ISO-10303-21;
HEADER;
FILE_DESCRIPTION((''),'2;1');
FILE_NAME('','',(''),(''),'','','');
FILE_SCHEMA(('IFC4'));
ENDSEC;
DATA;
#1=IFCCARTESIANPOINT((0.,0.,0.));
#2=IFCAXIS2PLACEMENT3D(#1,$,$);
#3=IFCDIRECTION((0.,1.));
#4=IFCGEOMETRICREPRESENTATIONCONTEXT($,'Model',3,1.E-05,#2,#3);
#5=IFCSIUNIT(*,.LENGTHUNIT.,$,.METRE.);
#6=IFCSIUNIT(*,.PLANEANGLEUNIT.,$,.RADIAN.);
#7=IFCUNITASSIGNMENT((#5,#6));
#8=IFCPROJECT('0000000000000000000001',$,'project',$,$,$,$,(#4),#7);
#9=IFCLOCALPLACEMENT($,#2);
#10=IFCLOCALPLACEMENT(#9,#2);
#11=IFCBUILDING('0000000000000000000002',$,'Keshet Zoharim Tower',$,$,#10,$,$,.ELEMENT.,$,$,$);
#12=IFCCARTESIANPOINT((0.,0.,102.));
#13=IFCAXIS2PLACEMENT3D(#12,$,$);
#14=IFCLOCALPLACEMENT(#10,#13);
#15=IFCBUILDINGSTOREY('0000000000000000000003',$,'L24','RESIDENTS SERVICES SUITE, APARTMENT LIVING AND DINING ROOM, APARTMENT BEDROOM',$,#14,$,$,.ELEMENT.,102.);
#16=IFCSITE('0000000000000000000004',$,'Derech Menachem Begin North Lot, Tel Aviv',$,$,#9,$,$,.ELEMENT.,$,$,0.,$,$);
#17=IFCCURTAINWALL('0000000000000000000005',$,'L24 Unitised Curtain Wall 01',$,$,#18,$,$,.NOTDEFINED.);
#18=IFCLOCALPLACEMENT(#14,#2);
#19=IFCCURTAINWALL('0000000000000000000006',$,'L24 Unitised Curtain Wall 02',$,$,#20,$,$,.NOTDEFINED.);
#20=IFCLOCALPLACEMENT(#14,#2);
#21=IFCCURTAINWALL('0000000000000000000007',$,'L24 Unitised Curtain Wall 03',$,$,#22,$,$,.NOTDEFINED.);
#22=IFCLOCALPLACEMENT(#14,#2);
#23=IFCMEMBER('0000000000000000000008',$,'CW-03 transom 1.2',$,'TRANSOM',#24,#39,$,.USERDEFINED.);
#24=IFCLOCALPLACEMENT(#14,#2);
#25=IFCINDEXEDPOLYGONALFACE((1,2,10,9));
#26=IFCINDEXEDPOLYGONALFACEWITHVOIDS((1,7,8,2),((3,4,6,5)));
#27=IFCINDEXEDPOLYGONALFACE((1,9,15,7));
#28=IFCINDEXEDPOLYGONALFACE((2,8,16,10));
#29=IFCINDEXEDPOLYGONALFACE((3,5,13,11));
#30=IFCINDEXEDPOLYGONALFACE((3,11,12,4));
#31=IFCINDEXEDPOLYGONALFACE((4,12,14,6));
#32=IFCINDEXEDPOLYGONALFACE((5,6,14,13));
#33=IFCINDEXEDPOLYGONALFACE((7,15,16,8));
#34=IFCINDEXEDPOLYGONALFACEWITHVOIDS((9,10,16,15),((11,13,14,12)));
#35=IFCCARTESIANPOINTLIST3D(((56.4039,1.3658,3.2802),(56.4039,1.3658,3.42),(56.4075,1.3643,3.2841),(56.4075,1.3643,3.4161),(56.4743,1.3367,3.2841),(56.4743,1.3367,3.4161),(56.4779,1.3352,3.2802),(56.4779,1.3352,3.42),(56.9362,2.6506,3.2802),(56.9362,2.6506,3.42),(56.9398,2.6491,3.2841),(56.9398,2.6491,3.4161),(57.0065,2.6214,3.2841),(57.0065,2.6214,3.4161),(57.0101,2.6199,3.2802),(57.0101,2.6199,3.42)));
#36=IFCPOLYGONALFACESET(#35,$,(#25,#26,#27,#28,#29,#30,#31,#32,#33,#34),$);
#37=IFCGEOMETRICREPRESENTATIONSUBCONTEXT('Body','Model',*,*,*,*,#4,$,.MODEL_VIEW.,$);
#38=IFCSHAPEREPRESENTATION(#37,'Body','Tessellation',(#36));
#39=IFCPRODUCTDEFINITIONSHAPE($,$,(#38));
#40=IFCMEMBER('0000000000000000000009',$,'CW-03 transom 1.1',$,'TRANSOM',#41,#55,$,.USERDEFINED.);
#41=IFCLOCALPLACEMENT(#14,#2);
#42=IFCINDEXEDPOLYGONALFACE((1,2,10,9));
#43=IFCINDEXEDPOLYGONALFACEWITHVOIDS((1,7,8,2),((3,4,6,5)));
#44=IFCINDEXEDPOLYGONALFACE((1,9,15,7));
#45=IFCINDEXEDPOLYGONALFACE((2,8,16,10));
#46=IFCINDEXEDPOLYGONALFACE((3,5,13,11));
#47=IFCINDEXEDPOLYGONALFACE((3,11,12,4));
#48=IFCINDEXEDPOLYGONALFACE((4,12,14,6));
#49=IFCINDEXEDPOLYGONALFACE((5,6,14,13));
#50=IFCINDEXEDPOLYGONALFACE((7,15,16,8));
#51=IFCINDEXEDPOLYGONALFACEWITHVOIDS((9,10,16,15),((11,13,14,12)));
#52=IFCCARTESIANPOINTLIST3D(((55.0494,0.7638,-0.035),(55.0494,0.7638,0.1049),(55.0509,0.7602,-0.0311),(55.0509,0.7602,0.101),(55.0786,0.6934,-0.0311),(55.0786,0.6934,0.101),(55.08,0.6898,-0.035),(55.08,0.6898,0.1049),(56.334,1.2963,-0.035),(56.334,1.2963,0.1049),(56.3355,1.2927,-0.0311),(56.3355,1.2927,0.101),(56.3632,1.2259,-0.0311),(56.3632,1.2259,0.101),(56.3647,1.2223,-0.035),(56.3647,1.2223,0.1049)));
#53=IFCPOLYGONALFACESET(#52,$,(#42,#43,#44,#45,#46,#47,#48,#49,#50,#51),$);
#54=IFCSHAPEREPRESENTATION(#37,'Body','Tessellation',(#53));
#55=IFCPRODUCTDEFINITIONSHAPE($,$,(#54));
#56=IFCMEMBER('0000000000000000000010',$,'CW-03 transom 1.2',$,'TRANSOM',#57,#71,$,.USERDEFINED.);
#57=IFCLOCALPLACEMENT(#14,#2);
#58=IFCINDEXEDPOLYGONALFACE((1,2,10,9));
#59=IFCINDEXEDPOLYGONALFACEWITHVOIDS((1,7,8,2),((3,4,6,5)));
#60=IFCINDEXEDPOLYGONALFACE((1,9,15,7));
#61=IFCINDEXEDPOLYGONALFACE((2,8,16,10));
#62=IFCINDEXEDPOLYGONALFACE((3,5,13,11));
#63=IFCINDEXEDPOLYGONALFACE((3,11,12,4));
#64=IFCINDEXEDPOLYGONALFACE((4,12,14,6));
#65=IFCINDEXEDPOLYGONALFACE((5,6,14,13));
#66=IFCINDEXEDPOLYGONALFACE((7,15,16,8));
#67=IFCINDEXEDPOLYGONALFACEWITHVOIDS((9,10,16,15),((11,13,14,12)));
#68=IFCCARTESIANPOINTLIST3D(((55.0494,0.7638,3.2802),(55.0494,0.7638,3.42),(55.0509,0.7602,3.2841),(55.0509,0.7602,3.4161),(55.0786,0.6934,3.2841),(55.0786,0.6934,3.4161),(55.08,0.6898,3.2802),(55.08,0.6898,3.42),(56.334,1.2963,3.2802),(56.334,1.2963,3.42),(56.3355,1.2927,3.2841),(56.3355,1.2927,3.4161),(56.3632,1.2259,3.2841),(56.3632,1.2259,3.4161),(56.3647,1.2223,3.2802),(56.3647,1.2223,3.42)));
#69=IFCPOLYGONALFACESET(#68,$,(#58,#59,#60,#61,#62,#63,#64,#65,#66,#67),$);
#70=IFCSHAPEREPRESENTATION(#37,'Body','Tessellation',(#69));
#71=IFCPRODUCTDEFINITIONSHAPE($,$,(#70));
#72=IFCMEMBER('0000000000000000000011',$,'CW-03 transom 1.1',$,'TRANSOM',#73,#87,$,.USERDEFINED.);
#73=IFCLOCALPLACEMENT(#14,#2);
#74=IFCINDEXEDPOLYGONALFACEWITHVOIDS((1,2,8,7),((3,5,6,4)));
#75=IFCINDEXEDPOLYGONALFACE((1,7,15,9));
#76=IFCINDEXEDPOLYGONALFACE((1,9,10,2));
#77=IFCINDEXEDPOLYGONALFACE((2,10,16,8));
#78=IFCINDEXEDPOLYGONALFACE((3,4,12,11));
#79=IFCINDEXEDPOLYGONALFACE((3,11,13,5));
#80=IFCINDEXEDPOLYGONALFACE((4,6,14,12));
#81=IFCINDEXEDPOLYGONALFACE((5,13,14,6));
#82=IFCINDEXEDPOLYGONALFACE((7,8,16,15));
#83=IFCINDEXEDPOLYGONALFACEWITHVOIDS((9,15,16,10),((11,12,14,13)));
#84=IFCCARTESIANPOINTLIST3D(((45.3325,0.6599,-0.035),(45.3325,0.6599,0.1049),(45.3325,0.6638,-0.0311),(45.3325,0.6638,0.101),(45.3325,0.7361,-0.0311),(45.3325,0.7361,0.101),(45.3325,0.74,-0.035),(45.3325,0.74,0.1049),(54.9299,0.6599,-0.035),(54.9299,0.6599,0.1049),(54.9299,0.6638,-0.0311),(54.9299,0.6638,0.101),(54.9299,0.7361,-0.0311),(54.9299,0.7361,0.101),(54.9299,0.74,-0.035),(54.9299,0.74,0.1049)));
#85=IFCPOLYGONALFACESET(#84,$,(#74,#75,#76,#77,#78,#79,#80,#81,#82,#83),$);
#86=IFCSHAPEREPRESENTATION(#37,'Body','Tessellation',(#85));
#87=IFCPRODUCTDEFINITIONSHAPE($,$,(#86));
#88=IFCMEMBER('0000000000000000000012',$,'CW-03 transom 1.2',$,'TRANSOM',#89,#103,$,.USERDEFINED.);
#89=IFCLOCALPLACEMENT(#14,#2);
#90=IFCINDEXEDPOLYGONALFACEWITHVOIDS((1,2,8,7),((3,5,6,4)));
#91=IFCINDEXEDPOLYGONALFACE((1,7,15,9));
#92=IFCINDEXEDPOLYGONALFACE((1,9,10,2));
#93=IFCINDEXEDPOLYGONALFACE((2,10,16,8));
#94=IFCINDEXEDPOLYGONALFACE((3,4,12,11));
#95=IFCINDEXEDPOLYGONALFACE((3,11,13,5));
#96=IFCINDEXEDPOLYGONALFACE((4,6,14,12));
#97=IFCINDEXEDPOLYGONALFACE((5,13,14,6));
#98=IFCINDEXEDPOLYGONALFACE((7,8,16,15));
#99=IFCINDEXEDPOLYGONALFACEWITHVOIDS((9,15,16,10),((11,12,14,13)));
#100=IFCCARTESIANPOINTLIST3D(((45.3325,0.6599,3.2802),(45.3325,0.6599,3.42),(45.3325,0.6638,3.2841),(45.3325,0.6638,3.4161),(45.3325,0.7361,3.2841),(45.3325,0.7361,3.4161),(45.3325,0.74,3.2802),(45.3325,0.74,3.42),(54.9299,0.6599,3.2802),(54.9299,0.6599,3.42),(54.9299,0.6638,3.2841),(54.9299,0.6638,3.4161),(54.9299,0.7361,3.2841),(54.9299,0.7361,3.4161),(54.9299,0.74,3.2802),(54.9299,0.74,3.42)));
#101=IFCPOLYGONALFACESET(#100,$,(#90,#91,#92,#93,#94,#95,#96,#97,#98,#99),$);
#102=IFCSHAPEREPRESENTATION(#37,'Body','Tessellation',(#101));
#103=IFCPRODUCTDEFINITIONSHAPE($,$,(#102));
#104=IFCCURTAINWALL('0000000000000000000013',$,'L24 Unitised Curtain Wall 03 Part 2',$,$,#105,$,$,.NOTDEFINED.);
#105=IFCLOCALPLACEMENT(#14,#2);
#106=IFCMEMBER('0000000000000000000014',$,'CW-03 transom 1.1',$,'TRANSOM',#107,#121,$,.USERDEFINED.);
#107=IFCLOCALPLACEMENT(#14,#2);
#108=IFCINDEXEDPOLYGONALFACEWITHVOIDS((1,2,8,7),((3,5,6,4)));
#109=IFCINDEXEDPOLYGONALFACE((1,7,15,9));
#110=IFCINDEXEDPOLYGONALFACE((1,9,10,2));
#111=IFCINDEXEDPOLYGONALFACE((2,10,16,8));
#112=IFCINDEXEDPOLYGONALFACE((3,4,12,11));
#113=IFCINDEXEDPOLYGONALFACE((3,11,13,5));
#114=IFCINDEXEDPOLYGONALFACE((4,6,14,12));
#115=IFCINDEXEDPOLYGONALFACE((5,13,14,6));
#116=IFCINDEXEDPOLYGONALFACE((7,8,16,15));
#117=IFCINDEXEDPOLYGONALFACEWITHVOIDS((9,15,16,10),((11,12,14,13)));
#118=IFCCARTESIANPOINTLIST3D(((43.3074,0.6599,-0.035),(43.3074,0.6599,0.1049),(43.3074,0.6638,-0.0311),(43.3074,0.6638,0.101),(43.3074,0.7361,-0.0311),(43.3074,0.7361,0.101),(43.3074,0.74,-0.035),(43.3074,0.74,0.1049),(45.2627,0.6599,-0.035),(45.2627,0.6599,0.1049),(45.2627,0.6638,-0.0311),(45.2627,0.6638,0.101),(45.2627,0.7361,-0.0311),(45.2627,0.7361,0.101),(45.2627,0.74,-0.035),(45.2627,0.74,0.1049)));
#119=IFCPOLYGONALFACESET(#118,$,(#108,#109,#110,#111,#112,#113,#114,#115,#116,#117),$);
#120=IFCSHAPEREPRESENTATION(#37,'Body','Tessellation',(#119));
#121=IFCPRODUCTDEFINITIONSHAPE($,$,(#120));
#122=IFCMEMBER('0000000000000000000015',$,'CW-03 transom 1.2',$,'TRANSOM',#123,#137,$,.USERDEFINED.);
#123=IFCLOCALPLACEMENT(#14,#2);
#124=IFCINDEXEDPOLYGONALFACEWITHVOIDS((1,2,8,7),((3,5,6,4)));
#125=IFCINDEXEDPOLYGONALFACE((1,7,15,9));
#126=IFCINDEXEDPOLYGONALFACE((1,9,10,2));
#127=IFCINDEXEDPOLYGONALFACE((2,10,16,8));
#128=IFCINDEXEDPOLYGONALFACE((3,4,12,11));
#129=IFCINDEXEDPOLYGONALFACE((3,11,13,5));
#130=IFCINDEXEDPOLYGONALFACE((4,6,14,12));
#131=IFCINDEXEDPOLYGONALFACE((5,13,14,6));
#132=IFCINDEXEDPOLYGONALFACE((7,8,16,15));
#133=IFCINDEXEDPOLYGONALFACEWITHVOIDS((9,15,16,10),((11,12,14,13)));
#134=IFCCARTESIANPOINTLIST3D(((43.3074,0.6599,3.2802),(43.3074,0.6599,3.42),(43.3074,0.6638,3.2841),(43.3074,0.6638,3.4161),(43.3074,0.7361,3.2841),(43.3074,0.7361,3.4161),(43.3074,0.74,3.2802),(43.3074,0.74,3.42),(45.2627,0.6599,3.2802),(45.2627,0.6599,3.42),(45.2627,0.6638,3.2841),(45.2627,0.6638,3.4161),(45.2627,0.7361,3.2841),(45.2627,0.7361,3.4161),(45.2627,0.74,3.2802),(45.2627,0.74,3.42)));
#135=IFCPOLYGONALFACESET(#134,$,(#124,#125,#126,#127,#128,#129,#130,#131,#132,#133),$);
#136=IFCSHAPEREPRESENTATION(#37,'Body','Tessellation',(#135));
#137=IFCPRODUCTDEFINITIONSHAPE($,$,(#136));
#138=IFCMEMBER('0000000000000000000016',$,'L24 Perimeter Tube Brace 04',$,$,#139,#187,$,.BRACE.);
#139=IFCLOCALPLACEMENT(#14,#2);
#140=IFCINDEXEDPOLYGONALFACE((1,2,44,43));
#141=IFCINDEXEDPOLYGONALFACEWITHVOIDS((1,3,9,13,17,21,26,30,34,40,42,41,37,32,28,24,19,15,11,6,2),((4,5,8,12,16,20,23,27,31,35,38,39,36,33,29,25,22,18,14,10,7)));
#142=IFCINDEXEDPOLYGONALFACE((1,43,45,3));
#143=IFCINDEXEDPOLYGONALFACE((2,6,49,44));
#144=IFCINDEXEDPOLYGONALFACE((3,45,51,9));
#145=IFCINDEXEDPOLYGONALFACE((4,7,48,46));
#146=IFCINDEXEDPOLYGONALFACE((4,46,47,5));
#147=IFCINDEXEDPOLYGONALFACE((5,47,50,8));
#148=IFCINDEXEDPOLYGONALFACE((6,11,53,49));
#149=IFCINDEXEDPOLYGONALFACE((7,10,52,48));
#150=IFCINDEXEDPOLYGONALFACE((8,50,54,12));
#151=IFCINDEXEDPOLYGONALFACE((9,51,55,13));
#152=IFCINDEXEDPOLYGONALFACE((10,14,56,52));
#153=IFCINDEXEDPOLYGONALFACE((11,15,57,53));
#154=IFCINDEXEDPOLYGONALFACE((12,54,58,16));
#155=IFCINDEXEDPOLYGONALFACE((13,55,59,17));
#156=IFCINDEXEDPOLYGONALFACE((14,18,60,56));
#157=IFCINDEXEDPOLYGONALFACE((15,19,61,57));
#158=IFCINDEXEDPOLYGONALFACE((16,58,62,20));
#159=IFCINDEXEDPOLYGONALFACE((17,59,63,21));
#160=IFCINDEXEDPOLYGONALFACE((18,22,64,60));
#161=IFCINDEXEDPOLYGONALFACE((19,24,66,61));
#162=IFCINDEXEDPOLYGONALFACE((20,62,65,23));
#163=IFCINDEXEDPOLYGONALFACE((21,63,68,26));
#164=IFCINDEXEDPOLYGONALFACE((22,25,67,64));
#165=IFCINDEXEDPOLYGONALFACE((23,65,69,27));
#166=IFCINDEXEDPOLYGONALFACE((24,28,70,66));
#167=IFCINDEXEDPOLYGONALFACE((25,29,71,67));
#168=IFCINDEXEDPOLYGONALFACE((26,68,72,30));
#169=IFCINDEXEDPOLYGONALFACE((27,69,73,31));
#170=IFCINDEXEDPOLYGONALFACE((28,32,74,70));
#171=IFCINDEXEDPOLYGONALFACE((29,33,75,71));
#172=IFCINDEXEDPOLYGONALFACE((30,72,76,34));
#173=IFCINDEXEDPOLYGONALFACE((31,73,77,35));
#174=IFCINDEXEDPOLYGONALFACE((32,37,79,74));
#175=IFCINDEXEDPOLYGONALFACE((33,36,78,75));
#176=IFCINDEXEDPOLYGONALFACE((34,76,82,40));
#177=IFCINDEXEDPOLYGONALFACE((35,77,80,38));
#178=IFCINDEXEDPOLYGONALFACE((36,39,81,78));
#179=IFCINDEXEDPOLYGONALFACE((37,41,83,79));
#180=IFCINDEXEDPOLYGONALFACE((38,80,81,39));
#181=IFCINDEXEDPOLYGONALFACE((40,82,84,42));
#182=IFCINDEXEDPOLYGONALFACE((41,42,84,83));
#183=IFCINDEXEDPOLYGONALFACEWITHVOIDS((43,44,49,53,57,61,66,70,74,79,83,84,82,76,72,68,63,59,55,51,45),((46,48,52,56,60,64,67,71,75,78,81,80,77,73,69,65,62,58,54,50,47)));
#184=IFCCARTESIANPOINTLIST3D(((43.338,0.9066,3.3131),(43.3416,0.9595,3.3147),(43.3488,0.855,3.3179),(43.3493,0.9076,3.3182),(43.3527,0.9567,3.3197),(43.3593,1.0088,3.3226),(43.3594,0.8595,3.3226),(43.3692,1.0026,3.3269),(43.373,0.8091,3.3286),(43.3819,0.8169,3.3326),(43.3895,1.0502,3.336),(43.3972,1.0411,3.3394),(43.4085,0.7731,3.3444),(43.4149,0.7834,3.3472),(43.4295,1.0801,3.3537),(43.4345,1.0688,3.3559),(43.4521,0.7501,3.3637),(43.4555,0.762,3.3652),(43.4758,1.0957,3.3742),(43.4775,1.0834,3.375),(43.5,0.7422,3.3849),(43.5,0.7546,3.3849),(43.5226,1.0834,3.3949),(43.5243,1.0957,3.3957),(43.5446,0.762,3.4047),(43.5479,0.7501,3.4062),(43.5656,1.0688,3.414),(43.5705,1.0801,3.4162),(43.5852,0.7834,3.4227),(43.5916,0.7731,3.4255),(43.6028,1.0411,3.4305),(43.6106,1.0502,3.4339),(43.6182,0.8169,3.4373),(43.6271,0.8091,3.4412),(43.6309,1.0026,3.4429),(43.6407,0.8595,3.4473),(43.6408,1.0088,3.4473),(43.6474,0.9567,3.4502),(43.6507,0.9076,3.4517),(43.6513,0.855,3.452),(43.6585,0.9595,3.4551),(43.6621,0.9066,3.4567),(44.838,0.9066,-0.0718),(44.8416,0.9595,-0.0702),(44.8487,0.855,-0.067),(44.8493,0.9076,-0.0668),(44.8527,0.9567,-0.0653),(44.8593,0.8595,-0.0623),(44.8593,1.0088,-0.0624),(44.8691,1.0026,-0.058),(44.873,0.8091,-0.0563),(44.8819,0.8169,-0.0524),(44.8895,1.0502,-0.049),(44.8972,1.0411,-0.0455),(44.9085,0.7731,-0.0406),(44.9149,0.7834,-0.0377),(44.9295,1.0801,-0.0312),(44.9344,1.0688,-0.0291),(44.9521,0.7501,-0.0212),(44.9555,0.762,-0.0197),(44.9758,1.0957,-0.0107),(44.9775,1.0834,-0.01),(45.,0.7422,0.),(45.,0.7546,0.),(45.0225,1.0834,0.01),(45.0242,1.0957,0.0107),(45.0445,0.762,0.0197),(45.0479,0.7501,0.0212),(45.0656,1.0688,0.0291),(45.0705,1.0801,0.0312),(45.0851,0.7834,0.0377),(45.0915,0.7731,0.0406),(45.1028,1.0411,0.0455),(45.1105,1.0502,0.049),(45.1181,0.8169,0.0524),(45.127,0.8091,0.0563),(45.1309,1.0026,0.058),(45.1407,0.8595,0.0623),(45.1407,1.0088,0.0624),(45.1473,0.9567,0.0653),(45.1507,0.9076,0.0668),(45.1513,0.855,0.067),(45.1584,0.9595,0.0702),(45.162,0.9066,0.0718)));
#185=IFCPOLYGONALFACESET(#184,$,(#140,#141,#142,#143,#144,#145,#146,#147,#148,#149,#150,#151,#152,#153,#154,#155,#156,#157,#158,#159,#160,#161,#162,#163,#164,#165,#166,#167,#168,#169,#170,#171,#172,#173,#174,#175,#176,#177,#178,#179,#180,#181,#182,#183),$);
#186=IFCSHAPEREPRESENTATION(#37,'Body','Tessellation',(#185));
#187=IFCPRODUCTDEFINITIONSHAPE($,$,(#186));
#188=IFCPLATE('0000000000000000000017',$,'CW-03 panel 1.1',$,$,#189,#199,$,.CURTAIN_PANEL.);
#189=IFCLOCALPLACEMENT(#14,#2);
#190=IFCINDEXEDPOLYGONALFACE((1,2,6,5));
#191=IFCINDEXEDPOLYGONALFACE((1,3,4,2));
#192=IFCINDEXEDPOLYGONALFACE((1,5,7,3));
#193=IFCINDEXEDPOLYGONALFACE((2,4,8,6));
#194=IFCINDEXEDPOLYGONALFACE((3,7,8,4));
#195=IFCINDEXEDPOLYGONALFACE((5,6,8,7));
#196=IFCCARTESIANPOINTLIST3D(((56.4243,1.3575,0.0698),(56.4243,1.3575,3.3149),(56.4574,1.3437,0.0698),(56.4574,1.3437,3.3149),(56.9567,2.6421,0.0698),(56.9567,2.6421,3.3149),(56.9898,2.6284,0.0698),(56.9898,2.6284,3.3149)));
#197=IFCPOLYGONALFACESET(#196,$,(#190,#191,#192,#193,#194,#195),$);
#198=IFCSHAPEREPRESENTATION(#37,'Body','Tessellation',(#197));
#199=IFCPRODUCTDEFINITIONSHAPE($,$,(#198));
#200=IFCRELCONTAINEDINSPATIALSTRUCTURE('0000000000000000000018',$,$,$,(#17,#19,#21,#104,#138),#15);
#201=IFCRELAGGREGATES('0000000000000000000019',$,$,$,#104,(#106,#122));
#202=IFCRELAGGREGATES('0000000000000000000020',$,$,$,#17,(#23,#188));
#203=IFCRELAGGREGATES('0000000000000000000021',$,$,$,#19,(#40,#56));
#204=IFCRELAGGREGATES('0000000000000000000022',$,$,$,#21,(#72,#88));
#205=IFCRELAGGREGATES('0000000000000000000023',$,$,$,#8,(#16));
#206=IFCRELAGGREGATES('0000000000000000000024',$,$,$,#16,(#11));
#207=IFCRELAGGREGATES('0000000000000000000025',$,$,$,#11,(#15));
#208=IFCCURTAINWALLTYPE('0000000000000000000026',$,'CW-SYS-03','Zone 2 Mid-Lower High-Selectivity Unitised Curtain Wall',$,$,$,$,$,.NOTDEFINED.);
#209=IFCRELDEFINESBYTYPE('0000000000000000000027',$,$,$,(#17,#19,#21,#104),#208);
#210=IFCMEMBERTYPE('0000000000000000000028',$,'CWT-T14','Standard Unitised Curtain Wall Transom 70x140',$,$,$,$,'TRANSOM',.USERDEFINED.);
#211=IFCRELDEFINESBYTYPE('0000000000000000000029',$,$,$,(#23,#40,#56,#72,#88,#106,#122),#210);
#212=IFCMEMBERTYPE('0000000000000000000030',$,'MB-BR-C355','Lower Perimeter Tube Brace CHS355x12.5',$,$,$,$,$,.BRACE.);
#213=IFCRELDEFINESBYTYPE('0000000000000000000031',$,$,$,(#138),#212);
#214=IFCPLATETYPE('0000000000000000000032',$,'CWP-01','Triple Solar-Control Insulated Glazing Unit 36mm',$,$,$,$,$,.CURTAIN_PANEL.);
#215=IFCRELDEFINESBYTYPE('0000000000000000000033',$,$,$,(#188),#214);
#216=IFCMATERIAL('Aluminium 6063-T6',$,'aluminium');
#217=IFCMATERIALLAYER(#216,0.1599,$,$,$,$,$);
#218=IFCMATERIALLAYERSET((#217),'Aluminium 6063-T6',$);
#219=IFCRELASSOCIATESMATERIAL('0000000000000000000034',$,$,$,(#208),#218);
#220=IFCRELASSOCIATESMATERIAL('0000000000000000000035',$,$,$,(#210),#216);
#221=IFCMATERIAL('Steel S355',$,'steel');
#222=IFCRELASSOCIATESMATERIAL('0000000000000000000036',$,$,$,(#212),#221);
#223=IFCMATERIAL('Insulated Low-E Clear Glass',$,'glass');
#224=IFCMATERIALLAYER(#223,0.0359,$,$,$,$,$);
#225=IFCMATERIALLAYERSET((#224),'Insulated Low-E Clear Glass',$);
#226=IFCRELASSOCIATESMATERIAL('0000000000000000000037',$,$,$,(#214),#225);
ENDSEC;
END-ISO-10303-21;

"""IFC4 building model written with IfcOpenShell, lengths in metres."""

from ifc_helpers import new_model, si_unit, direction, frame, origin, origin_2d, place, context, subcontext, project, spatial, rectangle, hollow_rectangle, hollow_circle, extrude, material, layer, layer_set, material_profile, profile_set, type_object, element, aggregate, save


model = new_model("IFC4")

# Units and contexts
model_context = context("Model", 3, precision=1e-05, world=origin(), true_north=direction((0.0, 1.0)))
body_context = subcontext(model_context, "Body", "Model", "MODEL_VIEW")
ifc_project = project(units=[si_unit("LENGTHUNIT", "METRE"), si_unit("PLANEANGLEUNIT", "RADIAN")], contexts=[model_context])

# Site, building, storey
site_placement = place(None, origin())
site = spatial("IfcSite", under=ifc_project, at=site_placement, Name="Derech Menachem Begin North Lot, Tel Aviv", CompositionType="ELEMENT", RefElevation=0.0)
building_placement = place(site_placement, origin())
building = spatial("IfcBuilding", under=site, at=building_placement, Name="Keshet Zoharim Tower", CompositionType="ELEMENT")
storey_placement = place(building_placement, frame((0.0, 0.0, 102.0)))
storey = spatial("IfcBuildingStorey", under=building, at=storey_placement, Name="L24", Description="RESIDENTS SERVICES SUITE, APARTMENT LIVING AND DINING ROOM, APARTMENT BEDROOM", CompositionType="ELEMENT", Elevation=102.0)

# Shared definitions
ifc_material_1 = material(Name="Steel S355", Category="steel")

# Curtain walls
ifc_material_2 = material(Name="Aluminium 6063-T6", Category="aluminium")
ifc_layer_1 = layer(ifc_material_2, 0.1599)
ifc_layer_set_1 = layer_set([ifc_layer_1], Name="Aluminium 6063-T6")
curtain_wall_type = type_object("IfcCurtainWallType", Name="CW-SYS-03", Description="Zone 2 Mid-Lower High-Selectivity Unitised Curtain Wall", PredefinedType="NOTDEFINED", material=ifc_layer_set_1)
curtain_wall_1_placement = place(storey_placement, origin())
curtain_wall_1 = element("IfcCurtainWall", 1, at=curtain_wall_1_placement, inside=storey, type_object=curtain_wall_type, Name="L24 Unitised Curtain Wall 01", PredefinedType="NOTDEFINED")
curtain_wall_2_placement = place(storey_placement, origin())
curtain_wall_2 = element("IfcCurtainWall", 2, at=curtain_wall_2_placement, inside=storey, type_object=curtain_wall_type, Name="L24 Unitised Curtain Wall 02", PredefinedType="NOTDEFINED")
curtain_wall_3_placement = place(storey_placement, origin())
curtain_wall_3 = element("IfcCurtainWall", 3, at=curtain_wall_3_placement, inside=storey, type_object=curtain_wall_type, Name="L24 Unitised Curtain Wall 03", PredefinedType="NOTDEFINED")

# Members
ifc_material_profile_1 = material_profile(ifc_material_2, hollow_rectangle(XDim=0.0801, YDim=0.1399, WallThickness=0.0039, at=origin_2d()), Name="TRN-80x140")
ifc_profile_set_1 = profile_set([ifc_material_profile_1], Name="Aluminium 6063-T6")
member_type_1 = type_object("IfcMemberType", Name="CWT-T14", Description="Standard Unitised Curtain Wall Transom 70x140", ElementType="TRANSOM", PredefinedType="USERDEFINED", material=ifc_profile_set_1)
member_1_placement = place(storey_placement, frame((56.9731, 2.6353, 3.3501), z_axis=(-0.382745, -0.923854, 0.0), x_axis=(0.923854, -0.382745, 0.0)))
member_1 = element("IfcMember", 4, at=member_1_placement, type_object=member_type_1, Name="CW-03 transom 1.2", ObjectType="TRANSOM", PredefinedType="USERDEFINED", context=body_context, shape_type="SweptSolid", body=[
    extrude(hollow_rectangle(XDim=0.0801, YDim=0.1399, WallThickness=0.0039, at=origin_2d()), origin(), (0.0, 0.0, 1.0), 1.3906),
])
member_2_placement = place(storey_placement, frame((56.3494, 1.2593, 0.0349), z_axis=(-0.923792, -0.382894, 0.0), x_axis=(0.382894, -0.923792, 0.0)))
member_2 = element("IfcMember", 5, at=member_2_placement, type_object=member_type_1, Name="CW-03 transom 1.1", ObjectType="TRANSOM", PredefinedType="USERDEFINED", context=body_context, shape_type="SweptSolid", body=[
    extrude(hollow_rectangle(XDim=0.0801, YDim=0.1399, WallThickness=0.0039, at=origin_2d()), origin(), (0.0, 0.0, 1.0), 1.3906),
])
member_3_placement = place(storey_placement, frame((56.3494, 1.2593, 3.3501), z_axis=(-0.923792, -0.382894, 0.0), x_axis=(0.382894, -0.923792, 0.0)))
member_3 = element("IfcMember", 6, at=member_3_placement, type_object=member_type_1, Name="CW-03 transom 1.2", ObjectType="TRANSOM", PredefinedType="USERDEFINED", context=body_context, shape_type="SweptSolid", body=[
    extrude(hollow_rectangle(XDim=0.0801, YDim=0.1399, WallThickness=0.0039, at=origin_2d()), origin(), (0.0, 0.0, 1.0), 1.3906),
])
member_4_placement = place(storey_placement, frame((54.9299, 0.7, 0.0349), z_axis=(-1.0, 0.0, 0.0), x_axis=(0.0, -1.0, 0.0)))
member_4 = element("IfcMember", 7, at=member_4_placement, type_object=member_type_1, Name="CW-03 transom 1.1", ObjectType="TRANSOM", PredefinedType="USERDEFINED", context=body_context, shape_type="SweptSolid", body=[
    extrude(hollow_rectangle(XDim=0.0801, YDim=0.1399, WallThickness=0.0039, at=origin_2d()), origin(), (0.0, 0.0, 1.0), 9.5974),
])
member_5_placement = place(storey_placement, frame((54.9299, 0.7, 3.3501), z_axis=(-1.0, 0.0, 0.0), x_axis=(0.0, -1.0, 0.0)))
member_5 = element("IfcMember", 8, at=member_5_placement, type_object=member_type_1, Name="CW-03 transom 1.2", ObjectType="TRANSOM", PredefinedType="USERDEFINED", context=body_context, shape_type="SweptSolid", body=[
    extrude(hollow_rectangle(XDim=0.0801, YDim=0.1399, WallThickness=0.0039, at=origin_2d()), origin(), (0.0, 0.0, 1.0), 9.5974),
])

# Curtain wall, members
curtain_wall_4_placement = place(storey_placement, origin())
curtain_wall_4 = element("IfcCurtainWall", 9, at=curtain_wall_4_placement, inside=storey, type_object=curtain_wall_type, Name="L24 Unitised Curtain Wall 03 Part 2", PredefinedType="NOTDEFINED")
member_6_placement = place(storey_placement, frame((45.2627, 0.7, 0.0349), z_axis=(-1.0, 0.0, 0.0), x_axis=(0.0, -1.0, 0.0)))
member_6 = element("IfcMember", 10, at=member_6_placement, type_object=member_type_1, Name="CW-03 transom 1.1", ObjectType="TRANSOM", PredefinedType="USERDEFINED", context=body_context, shape_type="SweptSolid", body=[
    extrude(hollow_rectangle(XDim=0.0801, YDim=0.1399, WallThickness=0.0039, at=origin_2d()), origin(), (0.0, 0.0, 1.0), 1.9553),
])
member_7_placement = place(storey_placement, frame((45.2627, 0.7, 3.3501), z_axis=(-1.0, 0.0, 0.0), x_axis=(0.0, -1.0, 0.0)))
member_7 = element("IfcMember", 11, at=member_7_placement, type_object=member_type_1, Name="CW-03 transom 1.2", ObjectType="TRANSOM", PredefinedType="USERDEFINED", context=body_context, shape_type="SweptSolid", body=[
    extrude(hollow_rectangle(XDim=0.0801, YDim=0.1399, WallThickness=0.0039, at=origin_2d()), origin(), (0.0, 0.0, 1.0), 1.9553),
])
aggregate(curtain_wall_4, [member_6, member_7])

# Member
ifc_material_profile_2 = material_profile(ifc_material_1, hollow_circle(Radius=0.1777, WallThickness=0.0125, at=origin_2d()), Name="CHS355x12.5")
ifc_profile_set_2 = profile_set([ifc_material_profile_2], Name="Steel S355")
member_type_2 = type_object("IfcMemberType", Name="MB-BR-C355", Description="Lower Perimeter Tube Brace CHS355x12.5", PredefinedType="BRACE", material=ifc_profile_set_2)
member_8_placement = place(storey_placement, frame((45.0, 0.9199, 0.0), z_axis=(-0.405135, 0.0, 0.914257), x_axis=(0.0, -1.0, 0.0)))
element("IfcMember", 12, at=member_8_placement, inside=storey, type_object=member_type_2, Name="L24 Perimeter Tube Brace 04", PredefinedType="BRACE", context=body_context, shape_type="SweptSolid", body=[
    extrude(hollow_circle(Radius=0.1777, WallThickness=0.0125, at=origin_2d()), origin(), (0.0, 0.0, 1.0), 3.7024),
])

# Plate
ifc_material_3 = material(Name="Insulated Low-E Clear Glass", Category="glass")
ifc_layer_2 = layer(ifc_material_3, 0.0359)
ifc_layer_set_2 = layer_set([ifc_layer_2], Name="Insulated Low-E Clear Glass")
plate_type_1 = type_object("IfcPlateType", Name="CWP-01", Description="Triple Solar-Control Insulated Glazing Unit 36mm", PredefinedType="CURTAIN_PANEL", material=ifc_layer_set_2)
plate_1_placement = place(storey_placement, frame((56.707, 1.9929, 0.0698), z_axis=(0.0, 0.0, 1.0), x_axis=(-0.382852, -0.92381, 0.0)))
plate_1 = element("IfcPlate", 13, at=plate_1_placement, type_object=plate_type_1, Name="CW-03 panel 1.1", PredefinedType="CURTAIN_PANEL", context=body_context, shape_type="SweptSolid", body=[
    extrude(rectangle(XDim=1.3906, YDim=0.0359, at=origin_2d()), origin(), (0.0, 0.0, 1.0), 3.2451),
])
aggregate(curtain_wall_1, [member_1, plate_1])
aggregate(curtain_wall_2, [member_2, member_3])
aggregate(curtain_wall_3, [member_4, member_5])

save(model, "model.ifc")
